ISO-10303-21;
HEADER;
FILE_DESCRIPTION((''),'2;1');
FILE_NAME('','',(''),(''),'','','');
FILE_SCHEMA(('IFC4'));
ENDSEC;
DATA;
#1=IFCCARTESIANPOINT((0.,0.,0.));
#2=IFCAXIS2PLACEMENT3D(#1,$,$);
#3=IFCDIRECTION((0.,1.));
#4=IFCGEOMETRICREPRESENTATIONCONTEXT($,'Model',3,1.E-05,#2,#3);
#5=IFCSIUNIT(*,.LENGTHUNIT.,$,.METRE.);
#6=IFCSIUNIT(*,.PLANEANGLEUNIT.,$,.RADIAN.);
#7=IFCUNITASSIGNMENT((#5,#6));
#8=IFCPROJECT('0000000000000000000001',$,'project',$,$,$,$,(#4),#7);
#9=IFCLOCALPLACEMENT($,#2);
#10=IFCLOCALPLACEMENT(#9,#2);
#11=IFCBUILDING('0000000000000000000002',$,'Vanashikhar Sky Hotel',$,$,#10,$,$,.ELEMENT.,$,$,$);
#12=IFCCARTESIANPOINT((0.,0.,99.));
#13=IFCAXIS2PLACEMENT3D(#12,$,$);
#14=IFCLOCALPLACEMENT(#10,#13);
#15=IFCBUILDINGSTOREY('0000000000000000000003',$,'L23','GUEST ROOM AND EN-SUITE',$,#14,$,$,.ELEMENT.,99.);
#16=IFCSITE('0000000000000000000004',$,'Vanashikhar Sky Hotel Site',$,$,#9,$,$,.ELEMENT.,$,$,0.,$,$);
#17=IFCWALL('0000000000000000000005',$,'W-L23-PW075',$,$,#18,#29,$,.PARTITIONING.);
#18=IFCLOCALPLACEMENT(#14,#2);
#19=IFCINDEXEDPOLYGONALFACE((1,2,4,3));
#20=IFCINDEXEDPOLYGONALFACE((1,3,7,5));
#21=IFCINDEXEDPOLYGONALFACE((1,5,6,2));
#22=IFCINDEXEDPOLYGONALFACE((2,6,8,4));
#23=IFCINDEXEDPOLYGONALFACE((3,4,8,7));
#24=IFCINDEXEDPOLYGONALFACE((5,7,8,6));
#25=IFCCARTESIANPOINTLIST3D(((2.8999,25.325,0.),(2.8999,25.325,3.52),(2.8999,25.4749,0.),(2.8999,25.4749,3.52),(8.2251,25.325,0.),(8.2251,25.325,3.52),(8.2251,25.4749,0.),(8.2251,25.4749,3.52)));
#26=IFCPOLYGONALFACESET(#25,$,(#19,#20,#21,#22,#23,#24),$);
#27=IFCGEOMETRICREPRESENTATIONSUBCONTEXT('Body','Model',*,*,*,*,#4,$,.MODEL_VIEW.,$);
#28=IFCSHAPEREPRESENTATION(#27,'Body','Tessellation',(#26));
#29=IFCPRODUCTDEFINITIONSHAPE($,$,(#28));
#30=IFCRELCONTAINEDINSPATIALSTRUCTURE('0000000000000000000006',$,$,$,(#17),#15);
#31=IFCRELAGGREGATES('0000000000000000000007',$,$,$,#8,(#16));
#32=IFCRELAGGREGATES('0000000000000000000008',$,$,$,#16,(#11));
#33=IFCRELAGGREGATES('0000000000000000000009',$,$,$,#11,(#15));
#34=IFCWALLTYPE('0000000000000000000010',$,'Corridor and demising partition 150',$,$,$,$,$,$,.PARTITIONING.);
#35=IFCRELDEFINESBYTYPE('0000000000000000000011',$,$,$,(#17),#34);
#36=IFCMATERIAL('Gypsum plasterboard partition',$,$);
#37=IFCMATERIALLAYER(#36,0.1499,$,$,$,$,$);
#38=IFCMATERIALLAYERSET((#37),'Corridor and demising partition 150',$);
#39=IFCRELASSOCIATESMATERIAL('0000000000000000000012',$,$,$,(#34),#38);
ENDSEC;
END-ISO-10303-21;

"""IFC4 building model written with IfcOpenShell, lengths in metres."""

from ifc_helpers import new_model, si_unit, direction, frame, frame_2d, origin, place, context, subcontext, project, spatial, rectangle, extrude, source, transform, mapped, material, layer, layer_set, type_object, element, save


model = new_model("IFC4")

# Units and contexts
model_context = context("Model", 3, precision=1e-05, world=origin(), true_north=direction((0.0, 1.0)))
body_context = subcontext(model_context, "Body", "Model", "MODEL_VIEW")
ifc_project = project(units=[si_unit("LENGTHUNIT", "METRE"), si_unit("PLANEANGLEUNIT", "RADIAN")], contexts=[model_context])

# Site, building, storey
site_placement = place(None, origin())
site = spatial("IfcSite", under=ifc_project, at=site_placement, Name="Vanashikhar Sky Hotel Site", CompositionType="ELEMENT", RefElevation=0.0)
building_placement = place(site_placement, origin())
building = spatial("IfcBuilding", under=site, at=building_placement, Name="Vanashikhar Sky Hotel", CompositionType="ELEMENT")
storey_placement = place(building_placement, frame((0.0, 0.0, 99.0)))
storey = spatial("IfcBuildingStorey", under=building, at=storey_placement, Name="L23", Description="GUEST ROOM AND EN-SUITE", CompositionType="ELEMENT", Elevation=99.0)

# Shared definitions
ifc_material_1 = material(Name="Gypsum plasterboard partition")
ifc_layer_1 = layer(ifc_material_1, 0.1499)
ifc_layer_set_1 = layer_set([ifc_layer_1], Name="Corridor and demising partition 150")
wall_type_1 = type_object("IfcWallType", Name="Corridor and demising partition 150", PredefinedType="PARTITIONING", material=ifc_layer_set_1)

# Wall
shared_shape_1 = source(origin(), body_context, "Body", "SweptSolid", [
    extrude(rectangle(XDim=5.3252, YDim=0.1499, at=frame_2d((2.6626, 0.0))), origin(), (0.0, 0.0, 1.0), 3.52),
])
wall_1_placement = place(storey_placement, frame((2.8999, 25.3999, 0.0), z_axis=(0.0, 0.0, 1.0), x_axis=(1.0, 0.0, 0.0)))
element("IfcWall", 1, at=wall_1_placement, inside=storey, type_object=wall_type_1, Name="W-L23-PW075", PredefinedType="PARTITIONING", context=body_context, shape_type="MappedRepresentation", body=[
    mapped(shared_shape_1, transform((0.0, 0.0, 0.0), scale=1.0)),
])

save(model, "model.ifc")
